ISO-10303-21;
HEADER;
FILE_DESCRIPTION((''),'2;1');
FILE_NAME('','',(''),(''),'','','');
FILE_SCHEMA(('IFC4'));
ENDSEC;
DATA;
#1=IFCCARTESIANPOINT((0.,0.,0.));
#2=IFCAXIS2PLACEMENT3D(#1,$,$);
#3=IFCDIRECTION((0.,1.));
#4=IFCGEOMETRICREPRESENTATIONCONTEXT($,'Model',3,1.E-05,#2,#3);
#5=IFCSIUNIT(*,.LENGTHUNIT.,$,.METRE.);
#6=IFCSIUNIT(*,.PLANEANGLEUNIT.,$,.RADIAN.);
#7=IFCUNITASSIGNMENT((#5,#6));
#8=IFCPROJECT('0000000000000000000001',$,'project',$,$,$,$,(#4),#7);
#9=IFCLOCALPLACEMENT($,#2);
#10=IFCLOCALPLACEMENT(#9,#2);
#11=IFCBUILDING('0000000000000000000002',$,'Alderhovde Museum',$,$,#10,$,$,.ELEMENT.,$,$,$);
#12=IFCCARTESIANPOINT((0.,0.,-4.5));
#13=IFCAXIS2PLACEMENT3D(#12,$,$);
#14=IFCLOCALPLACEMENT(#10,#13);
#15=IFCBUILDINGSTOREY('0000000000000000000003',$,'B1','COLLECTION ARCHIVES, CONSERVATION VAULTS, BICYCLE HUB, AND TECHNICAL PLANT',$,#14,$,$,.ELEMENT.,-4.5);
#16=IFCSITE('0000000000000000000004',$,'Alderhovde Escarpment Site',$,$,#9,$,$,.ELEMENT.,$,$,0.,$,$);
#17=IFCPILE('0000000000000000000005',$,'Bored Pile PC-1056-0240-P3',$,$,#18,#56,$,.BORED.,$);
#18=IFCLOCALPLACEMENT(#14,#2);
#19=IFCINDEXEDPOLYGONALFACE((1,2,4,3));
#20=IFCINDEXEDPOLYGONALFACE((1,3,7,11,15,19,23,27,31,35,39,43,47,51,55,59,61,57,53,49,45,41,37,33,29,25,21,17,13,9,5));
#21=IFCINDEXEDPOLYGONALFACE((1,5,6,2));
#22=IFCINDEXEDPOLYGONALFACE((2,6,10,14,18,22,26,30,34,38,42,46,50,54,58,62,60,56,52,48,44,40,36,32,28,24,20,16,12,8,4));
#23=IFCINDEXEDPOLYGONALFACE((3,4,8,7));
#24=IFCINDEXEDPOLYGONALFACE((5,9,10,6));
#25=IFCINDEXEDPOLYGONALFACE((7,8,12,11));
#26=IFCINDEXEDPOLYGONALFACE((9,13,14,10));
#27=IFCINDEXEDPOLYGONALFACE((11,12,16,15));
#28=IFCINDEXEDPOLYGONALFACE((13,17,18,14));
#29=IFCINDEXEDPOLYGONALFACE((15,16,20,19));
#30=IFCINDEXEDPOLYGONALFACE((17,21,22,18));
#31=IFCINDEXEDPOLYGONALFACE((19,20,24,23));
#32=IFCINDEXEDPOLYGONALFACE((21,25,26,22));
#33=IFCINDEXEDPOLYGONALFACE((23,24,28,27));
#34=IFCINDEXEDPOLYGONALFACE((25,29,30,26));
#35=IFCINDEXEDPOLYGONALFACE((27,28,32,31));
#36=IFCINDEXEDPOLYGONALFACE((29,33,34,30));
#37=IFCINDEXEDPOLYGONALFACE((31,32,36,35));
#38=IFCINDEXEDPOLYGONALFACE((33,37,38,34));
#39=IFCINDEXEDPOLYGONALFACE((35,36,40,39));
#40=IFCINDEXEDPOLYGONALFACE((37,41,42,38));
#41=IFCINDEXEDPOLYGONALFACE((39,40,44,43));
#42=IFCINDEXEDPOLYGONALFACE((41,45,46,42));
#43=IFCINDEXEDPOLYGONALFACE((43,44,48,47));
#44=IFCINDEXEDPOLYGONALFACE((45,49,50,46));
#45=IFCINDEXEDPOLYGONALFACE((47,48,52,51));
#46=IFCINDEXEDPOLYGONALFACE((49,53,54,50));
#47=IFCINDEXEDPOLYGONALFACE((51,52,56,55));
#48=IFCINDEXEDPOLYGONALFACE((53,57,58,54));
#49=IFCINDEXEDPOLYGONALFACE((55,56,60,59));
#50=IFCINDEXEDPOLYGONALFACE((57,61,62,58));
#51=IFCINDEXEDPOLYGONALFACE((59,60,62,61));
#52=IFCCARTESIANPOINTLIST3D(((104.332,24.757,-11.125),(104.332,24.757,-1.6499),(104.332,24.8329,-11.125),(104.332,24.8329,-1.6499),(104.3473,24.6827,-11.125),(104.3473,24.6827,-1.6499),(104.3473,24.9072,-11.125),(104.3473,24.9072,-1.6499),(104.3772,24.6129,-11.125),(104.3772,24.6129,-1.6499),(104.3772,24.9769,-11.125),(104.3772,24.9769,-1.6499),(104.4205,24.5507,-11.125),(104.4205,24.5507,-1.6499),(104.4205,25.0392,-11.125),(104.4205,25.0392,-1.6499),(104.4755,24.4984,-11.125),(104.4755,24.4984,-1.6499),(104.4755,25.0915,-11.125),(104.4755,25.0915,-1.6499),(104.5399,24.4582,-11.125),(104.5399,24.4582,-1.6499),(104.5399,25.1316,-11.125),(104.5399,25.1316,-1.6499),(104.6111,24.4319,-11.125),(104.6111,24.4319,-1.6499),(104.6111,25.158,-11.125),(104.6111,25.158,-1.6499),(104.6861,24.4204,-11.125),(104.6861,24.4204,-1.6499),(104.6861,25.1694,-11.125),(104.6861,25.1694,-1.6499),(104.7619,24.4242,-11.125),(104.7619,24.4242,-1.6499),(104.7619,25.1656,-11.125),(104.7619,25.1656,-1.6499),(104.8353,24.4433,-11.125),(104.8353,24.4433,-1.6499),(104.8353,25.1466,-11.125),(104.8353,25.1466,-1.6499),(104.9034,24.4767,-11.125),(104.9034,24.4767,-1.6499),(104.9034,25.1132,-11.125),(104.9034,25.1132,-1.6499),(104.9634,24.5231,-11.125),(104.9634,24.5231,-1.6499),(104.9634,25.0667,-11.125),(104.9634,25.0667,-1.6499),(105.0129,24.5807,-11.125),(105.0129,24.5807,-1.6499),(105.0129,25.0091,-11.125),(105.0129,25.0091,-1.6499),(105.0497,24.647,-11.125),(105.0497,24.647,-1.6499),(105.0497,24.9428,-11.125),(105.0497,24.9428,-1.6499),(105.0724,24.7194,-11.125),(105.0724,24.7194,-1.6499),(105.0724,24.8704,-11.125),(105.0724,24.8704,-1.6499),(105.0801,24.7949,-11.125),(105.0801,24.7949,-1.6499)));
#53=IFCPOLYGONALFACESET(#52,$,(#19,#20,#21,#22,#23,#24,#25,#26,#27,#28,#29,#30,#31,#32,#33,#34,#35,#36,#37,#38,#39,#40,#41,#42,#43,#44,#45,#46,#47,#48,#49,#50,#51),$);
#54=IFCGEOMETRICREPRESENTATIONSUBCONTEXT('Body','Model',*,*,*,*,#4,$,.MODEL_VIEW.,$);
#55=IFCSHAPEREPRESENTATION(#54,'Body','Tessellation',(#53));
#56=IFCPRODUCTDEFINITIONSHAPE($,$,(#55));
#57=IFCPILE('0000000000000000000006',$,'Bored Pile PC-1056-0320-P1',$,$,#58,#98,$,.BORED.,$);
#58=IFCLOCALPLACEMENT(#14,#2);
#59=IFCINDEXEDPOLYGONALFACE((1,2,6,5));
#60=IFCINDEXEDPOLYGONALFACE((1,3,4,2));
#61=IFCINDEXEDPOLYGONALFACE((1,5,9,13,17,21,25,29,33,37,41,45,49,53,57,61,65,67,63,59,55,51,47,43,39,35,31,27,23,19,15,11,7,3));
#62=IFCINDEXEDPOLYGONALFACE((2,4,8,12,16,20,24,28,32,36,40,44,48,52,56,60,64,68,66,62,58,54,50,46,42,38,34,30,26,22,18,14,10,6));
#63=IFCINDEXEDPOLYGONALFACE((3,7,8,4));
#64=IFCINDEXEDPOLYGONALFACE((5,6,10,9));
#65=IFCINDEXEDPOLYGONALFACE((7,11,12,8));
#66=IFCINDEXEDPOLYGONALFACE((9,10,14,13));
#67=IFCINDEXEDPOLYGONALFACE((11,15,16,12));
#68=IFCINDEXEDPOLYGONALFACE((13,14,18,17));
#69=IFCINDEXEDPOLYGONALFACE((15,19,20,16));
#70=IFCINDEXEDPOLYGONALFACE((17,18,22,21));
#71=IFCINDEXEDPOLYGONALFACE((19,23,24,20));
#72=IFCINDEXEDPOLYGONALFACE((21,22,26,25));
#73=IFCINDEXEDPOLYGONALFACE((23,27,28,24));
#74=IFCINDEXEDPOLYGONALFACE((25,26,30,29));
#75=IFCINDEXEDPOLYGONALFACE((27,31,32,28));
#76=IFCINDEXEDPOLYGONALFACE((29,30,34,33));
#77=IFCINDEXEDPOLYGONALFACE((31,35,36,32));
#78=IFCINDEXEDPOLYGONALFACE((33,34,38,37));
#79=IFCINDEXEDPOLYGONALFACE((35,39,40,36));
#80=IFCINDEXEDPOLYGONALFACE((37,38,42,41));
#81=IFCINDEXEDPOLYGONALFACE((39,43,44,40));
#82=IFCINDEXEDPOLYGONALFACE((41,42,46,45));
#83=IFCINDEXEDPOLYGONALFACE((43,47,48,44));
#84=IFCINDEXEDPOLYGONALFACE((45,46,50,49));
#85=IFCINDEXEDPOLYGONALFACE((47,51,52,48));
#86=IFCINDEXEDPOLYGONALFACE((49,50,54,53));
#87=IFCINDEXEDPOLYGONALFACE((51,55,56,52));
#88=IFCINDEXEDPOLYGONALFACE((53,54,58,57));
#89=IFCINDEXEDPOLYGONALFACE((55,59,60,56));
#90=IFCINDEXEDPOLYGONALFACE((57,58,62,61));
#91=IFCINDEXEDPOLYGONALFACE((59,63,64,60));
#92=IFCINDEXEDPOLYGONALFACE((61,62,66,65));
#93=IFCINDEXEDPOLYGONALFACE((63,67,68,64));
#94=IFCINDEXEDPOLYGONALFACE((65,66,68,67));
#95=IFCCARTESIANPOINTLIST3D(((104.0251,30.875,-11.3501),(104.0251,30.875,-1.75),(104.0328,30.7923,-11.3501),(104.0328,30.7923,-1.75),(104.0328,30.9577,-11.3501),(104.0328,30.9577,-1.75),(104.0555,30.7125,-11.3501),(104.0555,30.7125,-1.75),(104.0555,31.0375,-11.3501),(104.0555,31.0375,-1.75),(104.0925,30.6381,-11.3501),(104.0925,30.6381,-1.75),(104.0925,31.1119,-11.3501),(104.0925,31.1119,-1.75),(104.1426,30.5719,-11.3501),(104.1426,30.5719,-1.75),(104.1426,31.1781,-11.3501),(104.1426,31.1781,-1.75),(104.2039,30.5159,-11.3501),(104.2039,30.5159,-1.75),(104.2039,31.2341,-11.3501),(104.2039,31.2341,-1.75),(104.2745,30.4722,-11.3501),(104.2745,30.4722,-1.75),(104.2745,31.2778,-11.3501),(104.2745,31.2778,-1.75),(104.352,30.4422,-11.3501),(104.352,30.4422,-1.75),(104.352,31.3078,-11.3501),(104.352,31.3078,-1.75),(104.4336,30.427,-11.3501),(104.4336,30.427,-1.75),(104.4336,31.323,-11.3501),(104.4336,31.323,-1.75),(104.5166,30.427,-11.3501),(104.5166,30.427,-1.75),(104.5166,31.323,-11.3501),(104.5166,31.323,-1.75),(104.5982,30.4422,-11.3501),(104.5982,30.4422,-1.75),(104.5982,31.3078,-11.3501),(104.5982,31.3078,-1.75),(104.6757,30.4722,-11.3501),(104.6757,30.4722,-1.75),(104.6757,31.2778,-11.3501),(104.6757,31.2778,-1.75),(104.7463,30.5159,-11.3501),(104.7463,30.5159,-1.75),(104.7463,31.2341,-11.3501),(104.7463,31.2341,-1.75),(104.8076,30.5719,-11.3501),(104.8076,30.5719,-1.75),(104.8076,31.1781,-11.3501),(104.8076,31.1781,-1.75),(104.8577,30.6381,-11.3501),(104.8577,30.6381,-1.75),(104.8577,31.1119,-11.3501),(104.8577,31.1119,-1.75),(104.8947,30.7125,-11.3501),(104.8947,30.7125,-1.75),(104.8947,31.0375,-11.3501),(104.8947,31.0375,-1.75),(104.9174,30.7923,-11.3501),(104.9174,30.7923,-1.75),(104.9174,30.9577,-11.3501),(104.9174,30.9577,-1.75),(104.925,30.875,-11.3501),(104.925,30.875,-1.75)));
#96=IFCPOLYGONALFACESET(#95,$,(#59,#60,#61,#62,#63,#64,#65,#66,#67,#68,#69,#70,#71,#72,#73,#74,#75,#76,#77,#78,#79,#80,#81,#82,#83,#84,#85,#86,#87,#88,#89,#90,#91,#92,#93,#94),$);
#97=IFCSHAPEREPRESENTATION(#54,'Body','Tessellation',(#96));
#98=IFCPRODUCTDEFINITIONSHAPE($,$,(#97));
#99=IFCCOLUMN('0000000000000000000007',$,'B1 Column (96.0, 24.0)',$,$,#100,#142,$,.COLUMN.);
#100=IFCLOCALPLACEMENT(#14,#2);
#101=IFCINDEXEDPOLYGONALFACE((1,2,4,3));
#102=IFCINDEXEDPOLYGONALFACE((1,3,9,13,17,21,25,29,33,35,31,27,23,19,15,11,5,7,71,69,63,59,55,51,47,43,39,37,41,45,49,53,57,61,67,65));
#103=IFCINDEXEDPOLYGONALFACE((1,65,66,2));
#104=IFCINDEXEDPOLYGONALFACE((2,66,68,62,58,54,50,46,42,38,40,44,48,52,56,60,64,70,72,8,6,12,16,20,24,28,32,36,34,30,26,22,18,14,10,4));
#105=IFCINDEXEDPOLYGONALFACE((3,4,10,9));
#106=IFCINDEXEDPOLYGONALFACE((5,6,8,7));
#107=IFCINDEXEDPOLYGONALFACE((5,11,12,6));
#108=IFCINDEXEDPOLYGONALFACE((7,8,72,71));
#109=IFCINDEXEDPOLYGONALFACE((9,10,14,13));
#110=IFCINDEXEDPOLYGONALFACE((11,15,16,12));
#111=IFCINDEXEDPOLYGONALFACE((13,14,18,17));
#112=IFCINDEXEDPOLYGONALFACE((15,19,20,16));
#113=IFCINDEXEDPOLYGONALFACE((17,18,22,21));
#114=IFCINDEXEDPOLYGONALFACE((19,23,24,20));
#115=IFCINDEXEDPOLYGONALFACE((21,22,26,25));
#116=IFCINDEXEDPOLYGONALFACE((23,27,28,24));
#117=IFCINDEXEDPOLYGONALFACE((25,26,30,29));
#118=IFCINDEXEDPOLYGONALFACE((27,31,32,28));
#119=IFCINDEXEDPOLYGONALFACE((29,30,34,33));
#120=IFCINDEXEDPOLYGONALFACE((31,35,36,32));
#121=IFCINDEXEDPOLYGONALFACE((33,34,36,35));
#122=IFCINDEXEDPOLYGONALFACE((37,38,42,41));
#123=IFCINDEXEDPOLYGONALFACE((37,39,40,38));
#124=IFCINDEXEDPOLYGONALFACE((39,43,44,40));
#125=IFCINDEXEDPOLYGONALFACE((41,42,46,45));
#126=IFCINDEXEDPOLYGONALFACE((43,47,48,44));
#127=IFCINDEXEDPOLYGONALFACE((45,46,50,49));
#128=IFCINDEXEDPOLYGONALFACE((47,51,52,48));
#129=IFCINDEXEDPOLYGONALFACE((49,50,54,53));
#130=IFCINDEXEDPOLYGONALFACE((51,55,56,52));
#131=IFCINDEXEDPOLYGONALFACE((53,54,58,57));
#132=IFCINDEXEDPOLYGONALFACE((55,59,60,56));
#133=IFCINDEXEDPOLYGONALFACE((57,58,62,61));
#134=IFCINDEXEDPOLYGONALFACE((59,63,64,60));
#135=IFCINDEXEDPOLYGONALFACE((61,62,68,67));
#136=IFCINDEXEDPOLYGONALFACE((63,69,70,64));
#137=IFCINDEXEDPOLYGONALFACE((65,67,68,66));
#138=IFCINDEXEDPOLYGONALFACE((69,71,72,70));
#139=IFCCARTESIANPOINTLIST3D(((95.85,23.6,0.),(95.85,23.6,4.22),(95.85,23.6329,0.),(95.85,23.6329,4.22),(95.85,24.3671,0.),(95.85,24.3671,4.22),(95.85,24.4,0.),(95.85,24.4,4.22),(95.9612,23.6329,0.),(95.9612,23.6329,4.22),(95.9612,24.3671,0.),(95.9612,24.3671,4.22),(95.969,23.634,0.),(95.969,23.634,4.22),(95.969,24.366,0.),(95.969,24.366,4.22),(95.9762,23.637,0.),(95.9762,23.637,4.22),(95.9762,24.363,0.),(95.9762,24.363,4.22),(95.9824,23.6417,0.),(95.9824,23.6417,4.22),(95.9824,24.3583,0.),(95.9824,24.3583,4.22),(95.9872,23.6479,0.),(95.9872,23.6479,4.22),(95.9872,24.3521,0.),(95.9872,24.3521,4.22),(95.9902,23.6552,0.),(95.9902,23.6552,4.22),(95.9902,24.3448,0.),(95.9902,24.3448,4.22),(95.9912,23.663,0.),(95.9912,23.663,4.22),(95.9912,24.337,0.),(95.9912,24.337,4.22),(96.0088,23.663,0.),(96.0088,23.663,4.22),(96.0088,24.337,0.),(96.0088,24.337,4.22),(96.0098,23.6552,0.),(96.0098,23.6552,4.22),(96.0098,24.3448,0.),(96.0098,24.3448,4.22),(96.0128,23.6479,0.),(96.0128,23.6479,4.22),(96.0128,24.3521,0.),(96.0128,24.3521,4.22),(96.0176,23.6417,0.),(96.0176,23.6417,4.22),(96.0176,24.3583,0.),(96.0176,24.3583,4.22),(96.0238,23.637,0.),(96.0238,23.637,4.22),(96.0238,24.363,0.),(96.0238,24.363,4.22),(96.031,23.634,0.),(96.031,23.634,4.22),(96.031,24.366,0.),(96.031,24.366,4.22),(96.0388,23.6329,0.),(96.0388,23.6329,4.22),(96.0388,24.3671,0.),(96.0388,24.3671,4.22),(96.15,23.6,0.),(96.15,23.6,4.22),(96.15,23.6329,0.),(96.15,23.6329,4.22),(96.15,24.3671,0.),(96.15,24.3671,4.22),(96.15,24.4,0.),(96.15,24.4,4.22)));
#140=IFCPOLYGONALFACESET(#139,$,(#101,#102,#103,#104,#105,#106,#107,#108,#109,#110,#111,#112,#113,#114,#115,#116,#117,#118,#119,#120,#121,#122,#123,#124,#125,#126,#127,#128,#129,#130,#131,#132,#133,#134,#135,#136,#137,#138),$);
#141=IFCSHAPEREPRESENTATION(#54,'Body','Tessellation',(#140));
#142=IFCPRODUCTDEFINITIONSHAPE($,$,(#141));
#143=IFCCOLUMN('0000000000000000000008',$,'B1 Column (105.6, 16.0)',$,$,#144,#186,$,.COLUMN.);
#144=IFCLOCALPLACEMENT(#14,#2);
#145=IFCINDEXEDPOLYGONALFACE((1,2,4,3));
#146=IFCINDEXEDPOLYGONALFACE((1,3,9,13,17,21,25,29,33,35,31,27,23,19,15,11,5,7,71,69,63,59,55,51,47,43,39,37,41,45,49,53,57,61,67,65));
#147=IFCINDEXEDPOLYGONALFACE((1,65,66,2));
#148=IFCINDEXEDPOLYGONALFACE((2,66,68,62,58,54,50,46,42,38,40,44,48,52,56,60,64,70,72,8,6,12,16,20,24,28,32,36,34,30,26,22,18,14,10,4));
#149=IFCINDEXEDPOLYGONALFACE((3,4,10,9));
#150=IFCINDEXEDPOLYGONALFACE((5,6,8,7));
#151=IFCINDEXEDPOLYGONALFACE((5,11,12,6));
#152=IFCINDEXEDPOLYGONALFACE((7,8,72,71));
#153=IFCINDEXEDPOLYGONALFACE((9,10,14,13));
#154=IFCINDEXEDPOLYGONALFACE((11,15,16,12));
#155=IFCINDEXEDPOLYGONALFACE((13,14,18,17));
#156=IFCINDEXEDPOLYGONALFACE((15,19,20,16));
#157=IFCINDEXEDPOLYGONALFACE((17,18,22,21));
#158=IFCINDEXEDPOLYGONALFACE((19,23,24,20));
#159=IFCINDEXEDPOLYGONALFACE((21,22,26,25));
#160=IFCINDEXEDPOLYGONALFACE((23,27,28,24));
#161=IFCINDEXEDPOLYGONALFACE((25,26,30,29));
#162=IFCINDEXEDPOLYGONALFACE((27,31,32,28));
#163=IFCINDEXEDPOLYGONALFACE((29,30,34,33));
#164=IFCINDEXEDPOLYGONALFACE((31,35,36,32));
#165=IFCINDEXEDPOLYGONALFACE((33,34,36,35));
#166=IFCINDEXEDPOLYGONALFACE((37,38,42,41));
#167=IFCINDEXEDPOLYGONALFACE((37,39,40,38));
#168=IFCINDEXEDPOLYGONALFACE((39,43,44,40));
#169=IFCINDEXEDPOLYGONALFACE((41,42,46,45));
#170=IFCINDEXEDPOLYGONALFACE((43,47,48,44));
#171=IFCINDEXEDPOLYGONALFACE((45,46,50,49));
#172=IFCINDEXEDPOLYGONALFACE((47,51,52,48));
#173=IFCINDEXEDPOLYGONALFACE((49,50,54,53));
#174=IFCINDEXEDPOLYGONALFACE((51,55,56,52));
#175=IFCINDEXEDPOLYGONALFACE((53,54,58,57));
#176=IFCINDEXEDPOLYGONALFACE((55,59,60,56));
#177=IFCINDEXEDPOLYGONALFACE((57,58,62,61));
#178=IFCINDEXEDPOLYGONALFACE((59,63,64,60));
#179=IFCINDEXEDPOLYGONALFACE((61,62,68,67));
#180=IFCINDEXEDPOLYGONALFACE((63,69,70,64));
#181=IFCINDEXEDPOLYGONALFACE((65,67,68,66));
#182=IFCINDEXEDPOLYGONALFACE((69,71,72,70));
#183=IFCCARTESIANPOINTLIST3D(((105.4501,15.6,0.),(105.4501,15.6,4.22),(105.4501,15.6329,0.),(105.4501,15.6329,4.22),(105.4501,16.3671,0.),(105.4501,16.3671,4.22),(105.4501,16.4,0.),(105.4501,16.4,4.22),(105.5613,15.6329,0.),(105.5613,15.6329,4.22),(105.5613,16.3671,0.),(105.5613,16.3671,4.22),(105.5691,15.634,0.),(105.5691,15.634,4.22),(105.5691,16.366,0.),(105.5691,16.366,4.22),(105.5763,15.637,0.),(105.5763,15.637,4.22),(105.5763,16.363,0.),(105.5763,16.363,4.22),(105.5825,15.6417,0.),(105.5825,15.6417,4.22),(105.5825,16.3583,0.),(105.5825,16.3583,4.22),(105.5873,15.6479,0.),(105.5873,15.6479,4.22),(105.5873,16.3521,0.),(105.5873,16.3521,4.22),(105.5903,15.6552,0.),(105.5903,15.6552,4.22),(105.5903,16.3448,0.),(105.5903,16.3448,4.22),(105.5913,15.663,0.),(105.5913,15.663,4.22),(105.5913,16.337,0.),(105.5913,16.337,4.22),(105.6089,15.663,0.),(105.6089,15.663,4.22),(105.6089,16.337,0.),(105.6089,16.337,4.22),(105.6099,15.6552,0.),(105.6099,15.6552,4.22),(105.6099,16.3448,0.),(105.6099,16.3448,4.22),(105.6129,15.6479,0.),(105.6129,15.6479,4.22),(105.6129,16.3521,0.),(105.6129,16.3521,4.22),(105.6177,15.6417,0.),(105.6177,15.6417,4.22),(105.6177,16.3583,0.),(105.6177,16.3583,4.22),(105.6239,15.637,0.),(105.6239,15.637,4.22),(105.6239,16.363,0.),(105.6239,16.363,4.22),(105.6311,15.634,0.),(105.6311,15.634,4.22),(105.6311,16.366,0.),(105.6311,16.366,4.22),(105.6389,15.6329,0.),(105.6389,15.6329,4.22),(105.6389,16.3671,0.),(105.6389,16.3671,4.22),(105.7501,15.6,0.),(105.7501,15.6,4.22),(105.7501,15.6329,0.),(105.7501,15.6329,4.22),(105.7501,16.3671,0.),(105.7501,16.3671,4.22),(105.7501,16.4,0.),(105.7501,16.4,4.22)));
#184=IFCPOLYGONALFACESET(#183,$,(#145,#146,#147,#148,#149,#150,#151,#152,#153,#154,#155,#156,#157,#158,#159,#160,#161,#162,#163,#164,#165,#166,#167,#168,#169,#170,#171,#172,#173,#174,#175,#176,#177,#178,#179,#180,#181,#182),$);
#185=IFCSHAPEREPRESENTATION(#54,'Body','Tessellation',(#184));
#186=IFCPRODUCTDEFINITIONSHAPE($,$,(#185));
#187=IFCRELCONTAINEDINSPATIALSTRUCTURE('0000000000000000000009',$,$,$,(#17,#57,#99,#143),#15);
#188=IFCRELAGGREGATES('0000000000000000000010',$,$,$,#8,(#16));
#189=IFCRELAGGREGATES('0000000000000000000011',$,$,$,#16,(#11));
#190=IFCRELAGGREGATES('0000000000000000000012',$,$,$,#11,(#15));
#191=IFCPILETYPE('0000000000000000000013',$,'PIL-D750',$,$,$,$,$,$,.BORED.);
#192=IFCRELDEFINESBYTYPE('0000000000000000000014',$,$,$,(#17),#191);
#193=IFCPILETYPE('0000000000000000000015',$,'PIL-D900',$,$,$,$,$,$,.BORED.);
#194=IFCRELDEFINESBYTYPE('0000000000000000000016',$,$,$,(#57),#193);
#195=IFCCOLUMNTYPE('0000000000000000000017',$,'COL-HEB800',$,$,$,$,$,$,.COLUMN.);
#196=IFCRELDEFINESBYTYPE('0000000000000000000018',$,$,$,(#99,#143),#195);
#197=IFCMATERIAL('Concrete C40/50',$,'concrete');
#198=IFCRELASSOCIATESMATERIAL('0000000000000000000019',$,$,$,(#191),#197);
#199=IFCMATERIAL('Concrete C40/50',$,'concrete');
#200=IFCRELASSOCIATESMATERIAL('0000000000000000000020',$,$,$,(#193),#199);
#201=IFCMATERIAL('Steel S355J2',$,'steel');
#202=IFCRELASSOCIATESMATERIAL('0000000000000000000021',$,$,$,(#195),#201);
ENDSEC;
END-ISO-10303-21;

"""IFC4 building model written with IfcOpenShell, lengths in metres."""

from ifc_helpers import new_model, si_unit, direction, frame, origin, origin_2d, place, context, subcontext, project, spatial, circle, i_section, extrude, material, material_profile, profile_set, type_object, element, save


model = new_model("IFC4")

# Units and contexts
model_context = context("Model", 3, precision=1e-05, world=origin(), true_north=direction((0.0, 1.0)))
body_context = subcontext(model_context, "Body", "Model", "MODEL_VIEW")
ifc_project = project(units=[si_unit("LENGTHUNIT", "METRE"), si_unit("PLANEANGLEUNIT", "RADIAN")], contexts=[model_context])

# Site, building, storey
site_placement = place(None, origin())
site = spatial("IfcSite", under=ifc_project, at=site_placement, Name="Alderhovde Escarpment Site", CompositionType="ELEMENT", RefElevation=0.0)
building_placement = place(site_placement, origin())
building = spatial("IfcBuilding", under=site, at=building_placement, Name="Alderhovde Museum", CompositionType="ELEMENT")
storey_placement = place(building_placement, frame((0.0, 0.0, -4.5)))
storey = spatial("IfcBuildingStorey", under=building, at=storey_placement, Name="B1", Description="COLLECTION ARCHIVES, CONSERVATION VAULTS, BICYCLE HUB, AND TECHNICAL PLANT", CompositionType="ELEMENT", Elevation=-4.5)

# Piles
ifc_material_1 = material(Name="Concrete C40/50", Category="concrete")
ifc_material_profile_1 = material_profile(ifc_material_1, circle(Radius=0.375, at=origin_2d()), Name="PILE-D750")
ifc_profile_set_1 = profile_set([ifc_material_profile_1], Name="Concrete C40/50")
pile_type_1 = type_object("IfcPileType", Name="PIL-D750", PredefinedType="BORED", material=ifc_profile_set_1)
for number, where, z_axis, x_axis, name in (
    (1, (104.7051, 24.7949, -1.6499), (0.0, 0.0, -1.0), (1.0, 0.0, 0.0), "Bored Pile PC-1056-0240-P3"),
):
    element("IfcPile", number, at=place(storey_placement, frame(where, z_axis=z_axis, x_axis=x_axis)), inside=storey, type_object=pile_type_1, Name=name, PredefinedType="BORED", context=body_context, shape_type="SweptSolid", body=[
        extrude(circle(Radius=0.375, at=origin_2d()), origin(), (0.0, 0.0, 1.0), 9.4751),
    ])
ifc_material_2 = material(Name="Concrete C40/50", Category="concrete")
ifc_material_profile_2 = material_profile(ifc_material_2, circle(Radius=0.45, at=origin_2d()), Name="PILE-D900")
ifc_profile_set_2 = profile_set([ifc_material_profile_2], Name="Concrete C40/50")
pile_type_2 = type_object("IfcPileType", Name="PIL-D900", PredefinedType="BORED", material=ifc_profile_set_2)
pile_1_placement = place(storey_placement, frame((104.4751, 30.875, -1.75), z_axis=(0.0, 0.0, -1.0), x_axis=(1.0, 0.0, 0.0)))
element("IfcPile", 2, at=pile_1_placement, inside=storey, type_object=pile_type_2, Name="Bored Pile PC-1056-0320-P1", PredefinedType="BORED", context=body_context, shape_type="SweptSolid", body=[
    extrude(circle(Radius=0.45, at=origin_2d()), origin(), (0.0, 0.0, 1.0), 9.6001),
])

# Columns
ifc_material_3 = material(Name="Steel S355J2", Category="steel")
ifc_material_profile_3 = material_profile(ifc_material_3, i_section(OverallWidth=0.3, OverallDepth=0.8, WebThickness=0.0176, FlangeThickness=0.033, FilletRadius=0.03, at=origin_2d()), Name="HEB 800")
ifc_profile_set_3 = profile_set([ifc_material_profile_3], Name="Steel S355J2")
column_type_1 = type_object("IfcColumnType", Name="COL-HEB800", PredefinedType="COLUMN", material=ifc_profile_set_3)
for number, where, z_axis, x_axis, name in (
    (3, (96.0, 24.0, 0.0), (0.0, 0.0, 1.0), (1.0, 0.0, 0.0), "B1 Column (96.0, 24.0)"),
    (4, (105.6001, 16.0, 0.0), (0.0, 0.0, 1.0), (1.0, 0.0, 0.0), "B1 Column (105.6, 16.0)"),
):
    element("IfcColumn", number, at=place(storey_placement, frame(where, z_axis=z_axis, x_axis=x_axis)), inside=storey, type_object=column_type_1, Name=name, PredefinedType="COLUMN", context=body_context, shape_type="SweptSolid", body=[
        extrude(i_section(OverallWidth=0.3, OverallDepth=0.8, WebThickness=0.0176, FlangeThickness=0.033, FilletRadius=0.03, at=origin_2d()), origin(), (0.0, 0.0, 1.0), 4.22),
    ])

save(model, "model.ifc")
